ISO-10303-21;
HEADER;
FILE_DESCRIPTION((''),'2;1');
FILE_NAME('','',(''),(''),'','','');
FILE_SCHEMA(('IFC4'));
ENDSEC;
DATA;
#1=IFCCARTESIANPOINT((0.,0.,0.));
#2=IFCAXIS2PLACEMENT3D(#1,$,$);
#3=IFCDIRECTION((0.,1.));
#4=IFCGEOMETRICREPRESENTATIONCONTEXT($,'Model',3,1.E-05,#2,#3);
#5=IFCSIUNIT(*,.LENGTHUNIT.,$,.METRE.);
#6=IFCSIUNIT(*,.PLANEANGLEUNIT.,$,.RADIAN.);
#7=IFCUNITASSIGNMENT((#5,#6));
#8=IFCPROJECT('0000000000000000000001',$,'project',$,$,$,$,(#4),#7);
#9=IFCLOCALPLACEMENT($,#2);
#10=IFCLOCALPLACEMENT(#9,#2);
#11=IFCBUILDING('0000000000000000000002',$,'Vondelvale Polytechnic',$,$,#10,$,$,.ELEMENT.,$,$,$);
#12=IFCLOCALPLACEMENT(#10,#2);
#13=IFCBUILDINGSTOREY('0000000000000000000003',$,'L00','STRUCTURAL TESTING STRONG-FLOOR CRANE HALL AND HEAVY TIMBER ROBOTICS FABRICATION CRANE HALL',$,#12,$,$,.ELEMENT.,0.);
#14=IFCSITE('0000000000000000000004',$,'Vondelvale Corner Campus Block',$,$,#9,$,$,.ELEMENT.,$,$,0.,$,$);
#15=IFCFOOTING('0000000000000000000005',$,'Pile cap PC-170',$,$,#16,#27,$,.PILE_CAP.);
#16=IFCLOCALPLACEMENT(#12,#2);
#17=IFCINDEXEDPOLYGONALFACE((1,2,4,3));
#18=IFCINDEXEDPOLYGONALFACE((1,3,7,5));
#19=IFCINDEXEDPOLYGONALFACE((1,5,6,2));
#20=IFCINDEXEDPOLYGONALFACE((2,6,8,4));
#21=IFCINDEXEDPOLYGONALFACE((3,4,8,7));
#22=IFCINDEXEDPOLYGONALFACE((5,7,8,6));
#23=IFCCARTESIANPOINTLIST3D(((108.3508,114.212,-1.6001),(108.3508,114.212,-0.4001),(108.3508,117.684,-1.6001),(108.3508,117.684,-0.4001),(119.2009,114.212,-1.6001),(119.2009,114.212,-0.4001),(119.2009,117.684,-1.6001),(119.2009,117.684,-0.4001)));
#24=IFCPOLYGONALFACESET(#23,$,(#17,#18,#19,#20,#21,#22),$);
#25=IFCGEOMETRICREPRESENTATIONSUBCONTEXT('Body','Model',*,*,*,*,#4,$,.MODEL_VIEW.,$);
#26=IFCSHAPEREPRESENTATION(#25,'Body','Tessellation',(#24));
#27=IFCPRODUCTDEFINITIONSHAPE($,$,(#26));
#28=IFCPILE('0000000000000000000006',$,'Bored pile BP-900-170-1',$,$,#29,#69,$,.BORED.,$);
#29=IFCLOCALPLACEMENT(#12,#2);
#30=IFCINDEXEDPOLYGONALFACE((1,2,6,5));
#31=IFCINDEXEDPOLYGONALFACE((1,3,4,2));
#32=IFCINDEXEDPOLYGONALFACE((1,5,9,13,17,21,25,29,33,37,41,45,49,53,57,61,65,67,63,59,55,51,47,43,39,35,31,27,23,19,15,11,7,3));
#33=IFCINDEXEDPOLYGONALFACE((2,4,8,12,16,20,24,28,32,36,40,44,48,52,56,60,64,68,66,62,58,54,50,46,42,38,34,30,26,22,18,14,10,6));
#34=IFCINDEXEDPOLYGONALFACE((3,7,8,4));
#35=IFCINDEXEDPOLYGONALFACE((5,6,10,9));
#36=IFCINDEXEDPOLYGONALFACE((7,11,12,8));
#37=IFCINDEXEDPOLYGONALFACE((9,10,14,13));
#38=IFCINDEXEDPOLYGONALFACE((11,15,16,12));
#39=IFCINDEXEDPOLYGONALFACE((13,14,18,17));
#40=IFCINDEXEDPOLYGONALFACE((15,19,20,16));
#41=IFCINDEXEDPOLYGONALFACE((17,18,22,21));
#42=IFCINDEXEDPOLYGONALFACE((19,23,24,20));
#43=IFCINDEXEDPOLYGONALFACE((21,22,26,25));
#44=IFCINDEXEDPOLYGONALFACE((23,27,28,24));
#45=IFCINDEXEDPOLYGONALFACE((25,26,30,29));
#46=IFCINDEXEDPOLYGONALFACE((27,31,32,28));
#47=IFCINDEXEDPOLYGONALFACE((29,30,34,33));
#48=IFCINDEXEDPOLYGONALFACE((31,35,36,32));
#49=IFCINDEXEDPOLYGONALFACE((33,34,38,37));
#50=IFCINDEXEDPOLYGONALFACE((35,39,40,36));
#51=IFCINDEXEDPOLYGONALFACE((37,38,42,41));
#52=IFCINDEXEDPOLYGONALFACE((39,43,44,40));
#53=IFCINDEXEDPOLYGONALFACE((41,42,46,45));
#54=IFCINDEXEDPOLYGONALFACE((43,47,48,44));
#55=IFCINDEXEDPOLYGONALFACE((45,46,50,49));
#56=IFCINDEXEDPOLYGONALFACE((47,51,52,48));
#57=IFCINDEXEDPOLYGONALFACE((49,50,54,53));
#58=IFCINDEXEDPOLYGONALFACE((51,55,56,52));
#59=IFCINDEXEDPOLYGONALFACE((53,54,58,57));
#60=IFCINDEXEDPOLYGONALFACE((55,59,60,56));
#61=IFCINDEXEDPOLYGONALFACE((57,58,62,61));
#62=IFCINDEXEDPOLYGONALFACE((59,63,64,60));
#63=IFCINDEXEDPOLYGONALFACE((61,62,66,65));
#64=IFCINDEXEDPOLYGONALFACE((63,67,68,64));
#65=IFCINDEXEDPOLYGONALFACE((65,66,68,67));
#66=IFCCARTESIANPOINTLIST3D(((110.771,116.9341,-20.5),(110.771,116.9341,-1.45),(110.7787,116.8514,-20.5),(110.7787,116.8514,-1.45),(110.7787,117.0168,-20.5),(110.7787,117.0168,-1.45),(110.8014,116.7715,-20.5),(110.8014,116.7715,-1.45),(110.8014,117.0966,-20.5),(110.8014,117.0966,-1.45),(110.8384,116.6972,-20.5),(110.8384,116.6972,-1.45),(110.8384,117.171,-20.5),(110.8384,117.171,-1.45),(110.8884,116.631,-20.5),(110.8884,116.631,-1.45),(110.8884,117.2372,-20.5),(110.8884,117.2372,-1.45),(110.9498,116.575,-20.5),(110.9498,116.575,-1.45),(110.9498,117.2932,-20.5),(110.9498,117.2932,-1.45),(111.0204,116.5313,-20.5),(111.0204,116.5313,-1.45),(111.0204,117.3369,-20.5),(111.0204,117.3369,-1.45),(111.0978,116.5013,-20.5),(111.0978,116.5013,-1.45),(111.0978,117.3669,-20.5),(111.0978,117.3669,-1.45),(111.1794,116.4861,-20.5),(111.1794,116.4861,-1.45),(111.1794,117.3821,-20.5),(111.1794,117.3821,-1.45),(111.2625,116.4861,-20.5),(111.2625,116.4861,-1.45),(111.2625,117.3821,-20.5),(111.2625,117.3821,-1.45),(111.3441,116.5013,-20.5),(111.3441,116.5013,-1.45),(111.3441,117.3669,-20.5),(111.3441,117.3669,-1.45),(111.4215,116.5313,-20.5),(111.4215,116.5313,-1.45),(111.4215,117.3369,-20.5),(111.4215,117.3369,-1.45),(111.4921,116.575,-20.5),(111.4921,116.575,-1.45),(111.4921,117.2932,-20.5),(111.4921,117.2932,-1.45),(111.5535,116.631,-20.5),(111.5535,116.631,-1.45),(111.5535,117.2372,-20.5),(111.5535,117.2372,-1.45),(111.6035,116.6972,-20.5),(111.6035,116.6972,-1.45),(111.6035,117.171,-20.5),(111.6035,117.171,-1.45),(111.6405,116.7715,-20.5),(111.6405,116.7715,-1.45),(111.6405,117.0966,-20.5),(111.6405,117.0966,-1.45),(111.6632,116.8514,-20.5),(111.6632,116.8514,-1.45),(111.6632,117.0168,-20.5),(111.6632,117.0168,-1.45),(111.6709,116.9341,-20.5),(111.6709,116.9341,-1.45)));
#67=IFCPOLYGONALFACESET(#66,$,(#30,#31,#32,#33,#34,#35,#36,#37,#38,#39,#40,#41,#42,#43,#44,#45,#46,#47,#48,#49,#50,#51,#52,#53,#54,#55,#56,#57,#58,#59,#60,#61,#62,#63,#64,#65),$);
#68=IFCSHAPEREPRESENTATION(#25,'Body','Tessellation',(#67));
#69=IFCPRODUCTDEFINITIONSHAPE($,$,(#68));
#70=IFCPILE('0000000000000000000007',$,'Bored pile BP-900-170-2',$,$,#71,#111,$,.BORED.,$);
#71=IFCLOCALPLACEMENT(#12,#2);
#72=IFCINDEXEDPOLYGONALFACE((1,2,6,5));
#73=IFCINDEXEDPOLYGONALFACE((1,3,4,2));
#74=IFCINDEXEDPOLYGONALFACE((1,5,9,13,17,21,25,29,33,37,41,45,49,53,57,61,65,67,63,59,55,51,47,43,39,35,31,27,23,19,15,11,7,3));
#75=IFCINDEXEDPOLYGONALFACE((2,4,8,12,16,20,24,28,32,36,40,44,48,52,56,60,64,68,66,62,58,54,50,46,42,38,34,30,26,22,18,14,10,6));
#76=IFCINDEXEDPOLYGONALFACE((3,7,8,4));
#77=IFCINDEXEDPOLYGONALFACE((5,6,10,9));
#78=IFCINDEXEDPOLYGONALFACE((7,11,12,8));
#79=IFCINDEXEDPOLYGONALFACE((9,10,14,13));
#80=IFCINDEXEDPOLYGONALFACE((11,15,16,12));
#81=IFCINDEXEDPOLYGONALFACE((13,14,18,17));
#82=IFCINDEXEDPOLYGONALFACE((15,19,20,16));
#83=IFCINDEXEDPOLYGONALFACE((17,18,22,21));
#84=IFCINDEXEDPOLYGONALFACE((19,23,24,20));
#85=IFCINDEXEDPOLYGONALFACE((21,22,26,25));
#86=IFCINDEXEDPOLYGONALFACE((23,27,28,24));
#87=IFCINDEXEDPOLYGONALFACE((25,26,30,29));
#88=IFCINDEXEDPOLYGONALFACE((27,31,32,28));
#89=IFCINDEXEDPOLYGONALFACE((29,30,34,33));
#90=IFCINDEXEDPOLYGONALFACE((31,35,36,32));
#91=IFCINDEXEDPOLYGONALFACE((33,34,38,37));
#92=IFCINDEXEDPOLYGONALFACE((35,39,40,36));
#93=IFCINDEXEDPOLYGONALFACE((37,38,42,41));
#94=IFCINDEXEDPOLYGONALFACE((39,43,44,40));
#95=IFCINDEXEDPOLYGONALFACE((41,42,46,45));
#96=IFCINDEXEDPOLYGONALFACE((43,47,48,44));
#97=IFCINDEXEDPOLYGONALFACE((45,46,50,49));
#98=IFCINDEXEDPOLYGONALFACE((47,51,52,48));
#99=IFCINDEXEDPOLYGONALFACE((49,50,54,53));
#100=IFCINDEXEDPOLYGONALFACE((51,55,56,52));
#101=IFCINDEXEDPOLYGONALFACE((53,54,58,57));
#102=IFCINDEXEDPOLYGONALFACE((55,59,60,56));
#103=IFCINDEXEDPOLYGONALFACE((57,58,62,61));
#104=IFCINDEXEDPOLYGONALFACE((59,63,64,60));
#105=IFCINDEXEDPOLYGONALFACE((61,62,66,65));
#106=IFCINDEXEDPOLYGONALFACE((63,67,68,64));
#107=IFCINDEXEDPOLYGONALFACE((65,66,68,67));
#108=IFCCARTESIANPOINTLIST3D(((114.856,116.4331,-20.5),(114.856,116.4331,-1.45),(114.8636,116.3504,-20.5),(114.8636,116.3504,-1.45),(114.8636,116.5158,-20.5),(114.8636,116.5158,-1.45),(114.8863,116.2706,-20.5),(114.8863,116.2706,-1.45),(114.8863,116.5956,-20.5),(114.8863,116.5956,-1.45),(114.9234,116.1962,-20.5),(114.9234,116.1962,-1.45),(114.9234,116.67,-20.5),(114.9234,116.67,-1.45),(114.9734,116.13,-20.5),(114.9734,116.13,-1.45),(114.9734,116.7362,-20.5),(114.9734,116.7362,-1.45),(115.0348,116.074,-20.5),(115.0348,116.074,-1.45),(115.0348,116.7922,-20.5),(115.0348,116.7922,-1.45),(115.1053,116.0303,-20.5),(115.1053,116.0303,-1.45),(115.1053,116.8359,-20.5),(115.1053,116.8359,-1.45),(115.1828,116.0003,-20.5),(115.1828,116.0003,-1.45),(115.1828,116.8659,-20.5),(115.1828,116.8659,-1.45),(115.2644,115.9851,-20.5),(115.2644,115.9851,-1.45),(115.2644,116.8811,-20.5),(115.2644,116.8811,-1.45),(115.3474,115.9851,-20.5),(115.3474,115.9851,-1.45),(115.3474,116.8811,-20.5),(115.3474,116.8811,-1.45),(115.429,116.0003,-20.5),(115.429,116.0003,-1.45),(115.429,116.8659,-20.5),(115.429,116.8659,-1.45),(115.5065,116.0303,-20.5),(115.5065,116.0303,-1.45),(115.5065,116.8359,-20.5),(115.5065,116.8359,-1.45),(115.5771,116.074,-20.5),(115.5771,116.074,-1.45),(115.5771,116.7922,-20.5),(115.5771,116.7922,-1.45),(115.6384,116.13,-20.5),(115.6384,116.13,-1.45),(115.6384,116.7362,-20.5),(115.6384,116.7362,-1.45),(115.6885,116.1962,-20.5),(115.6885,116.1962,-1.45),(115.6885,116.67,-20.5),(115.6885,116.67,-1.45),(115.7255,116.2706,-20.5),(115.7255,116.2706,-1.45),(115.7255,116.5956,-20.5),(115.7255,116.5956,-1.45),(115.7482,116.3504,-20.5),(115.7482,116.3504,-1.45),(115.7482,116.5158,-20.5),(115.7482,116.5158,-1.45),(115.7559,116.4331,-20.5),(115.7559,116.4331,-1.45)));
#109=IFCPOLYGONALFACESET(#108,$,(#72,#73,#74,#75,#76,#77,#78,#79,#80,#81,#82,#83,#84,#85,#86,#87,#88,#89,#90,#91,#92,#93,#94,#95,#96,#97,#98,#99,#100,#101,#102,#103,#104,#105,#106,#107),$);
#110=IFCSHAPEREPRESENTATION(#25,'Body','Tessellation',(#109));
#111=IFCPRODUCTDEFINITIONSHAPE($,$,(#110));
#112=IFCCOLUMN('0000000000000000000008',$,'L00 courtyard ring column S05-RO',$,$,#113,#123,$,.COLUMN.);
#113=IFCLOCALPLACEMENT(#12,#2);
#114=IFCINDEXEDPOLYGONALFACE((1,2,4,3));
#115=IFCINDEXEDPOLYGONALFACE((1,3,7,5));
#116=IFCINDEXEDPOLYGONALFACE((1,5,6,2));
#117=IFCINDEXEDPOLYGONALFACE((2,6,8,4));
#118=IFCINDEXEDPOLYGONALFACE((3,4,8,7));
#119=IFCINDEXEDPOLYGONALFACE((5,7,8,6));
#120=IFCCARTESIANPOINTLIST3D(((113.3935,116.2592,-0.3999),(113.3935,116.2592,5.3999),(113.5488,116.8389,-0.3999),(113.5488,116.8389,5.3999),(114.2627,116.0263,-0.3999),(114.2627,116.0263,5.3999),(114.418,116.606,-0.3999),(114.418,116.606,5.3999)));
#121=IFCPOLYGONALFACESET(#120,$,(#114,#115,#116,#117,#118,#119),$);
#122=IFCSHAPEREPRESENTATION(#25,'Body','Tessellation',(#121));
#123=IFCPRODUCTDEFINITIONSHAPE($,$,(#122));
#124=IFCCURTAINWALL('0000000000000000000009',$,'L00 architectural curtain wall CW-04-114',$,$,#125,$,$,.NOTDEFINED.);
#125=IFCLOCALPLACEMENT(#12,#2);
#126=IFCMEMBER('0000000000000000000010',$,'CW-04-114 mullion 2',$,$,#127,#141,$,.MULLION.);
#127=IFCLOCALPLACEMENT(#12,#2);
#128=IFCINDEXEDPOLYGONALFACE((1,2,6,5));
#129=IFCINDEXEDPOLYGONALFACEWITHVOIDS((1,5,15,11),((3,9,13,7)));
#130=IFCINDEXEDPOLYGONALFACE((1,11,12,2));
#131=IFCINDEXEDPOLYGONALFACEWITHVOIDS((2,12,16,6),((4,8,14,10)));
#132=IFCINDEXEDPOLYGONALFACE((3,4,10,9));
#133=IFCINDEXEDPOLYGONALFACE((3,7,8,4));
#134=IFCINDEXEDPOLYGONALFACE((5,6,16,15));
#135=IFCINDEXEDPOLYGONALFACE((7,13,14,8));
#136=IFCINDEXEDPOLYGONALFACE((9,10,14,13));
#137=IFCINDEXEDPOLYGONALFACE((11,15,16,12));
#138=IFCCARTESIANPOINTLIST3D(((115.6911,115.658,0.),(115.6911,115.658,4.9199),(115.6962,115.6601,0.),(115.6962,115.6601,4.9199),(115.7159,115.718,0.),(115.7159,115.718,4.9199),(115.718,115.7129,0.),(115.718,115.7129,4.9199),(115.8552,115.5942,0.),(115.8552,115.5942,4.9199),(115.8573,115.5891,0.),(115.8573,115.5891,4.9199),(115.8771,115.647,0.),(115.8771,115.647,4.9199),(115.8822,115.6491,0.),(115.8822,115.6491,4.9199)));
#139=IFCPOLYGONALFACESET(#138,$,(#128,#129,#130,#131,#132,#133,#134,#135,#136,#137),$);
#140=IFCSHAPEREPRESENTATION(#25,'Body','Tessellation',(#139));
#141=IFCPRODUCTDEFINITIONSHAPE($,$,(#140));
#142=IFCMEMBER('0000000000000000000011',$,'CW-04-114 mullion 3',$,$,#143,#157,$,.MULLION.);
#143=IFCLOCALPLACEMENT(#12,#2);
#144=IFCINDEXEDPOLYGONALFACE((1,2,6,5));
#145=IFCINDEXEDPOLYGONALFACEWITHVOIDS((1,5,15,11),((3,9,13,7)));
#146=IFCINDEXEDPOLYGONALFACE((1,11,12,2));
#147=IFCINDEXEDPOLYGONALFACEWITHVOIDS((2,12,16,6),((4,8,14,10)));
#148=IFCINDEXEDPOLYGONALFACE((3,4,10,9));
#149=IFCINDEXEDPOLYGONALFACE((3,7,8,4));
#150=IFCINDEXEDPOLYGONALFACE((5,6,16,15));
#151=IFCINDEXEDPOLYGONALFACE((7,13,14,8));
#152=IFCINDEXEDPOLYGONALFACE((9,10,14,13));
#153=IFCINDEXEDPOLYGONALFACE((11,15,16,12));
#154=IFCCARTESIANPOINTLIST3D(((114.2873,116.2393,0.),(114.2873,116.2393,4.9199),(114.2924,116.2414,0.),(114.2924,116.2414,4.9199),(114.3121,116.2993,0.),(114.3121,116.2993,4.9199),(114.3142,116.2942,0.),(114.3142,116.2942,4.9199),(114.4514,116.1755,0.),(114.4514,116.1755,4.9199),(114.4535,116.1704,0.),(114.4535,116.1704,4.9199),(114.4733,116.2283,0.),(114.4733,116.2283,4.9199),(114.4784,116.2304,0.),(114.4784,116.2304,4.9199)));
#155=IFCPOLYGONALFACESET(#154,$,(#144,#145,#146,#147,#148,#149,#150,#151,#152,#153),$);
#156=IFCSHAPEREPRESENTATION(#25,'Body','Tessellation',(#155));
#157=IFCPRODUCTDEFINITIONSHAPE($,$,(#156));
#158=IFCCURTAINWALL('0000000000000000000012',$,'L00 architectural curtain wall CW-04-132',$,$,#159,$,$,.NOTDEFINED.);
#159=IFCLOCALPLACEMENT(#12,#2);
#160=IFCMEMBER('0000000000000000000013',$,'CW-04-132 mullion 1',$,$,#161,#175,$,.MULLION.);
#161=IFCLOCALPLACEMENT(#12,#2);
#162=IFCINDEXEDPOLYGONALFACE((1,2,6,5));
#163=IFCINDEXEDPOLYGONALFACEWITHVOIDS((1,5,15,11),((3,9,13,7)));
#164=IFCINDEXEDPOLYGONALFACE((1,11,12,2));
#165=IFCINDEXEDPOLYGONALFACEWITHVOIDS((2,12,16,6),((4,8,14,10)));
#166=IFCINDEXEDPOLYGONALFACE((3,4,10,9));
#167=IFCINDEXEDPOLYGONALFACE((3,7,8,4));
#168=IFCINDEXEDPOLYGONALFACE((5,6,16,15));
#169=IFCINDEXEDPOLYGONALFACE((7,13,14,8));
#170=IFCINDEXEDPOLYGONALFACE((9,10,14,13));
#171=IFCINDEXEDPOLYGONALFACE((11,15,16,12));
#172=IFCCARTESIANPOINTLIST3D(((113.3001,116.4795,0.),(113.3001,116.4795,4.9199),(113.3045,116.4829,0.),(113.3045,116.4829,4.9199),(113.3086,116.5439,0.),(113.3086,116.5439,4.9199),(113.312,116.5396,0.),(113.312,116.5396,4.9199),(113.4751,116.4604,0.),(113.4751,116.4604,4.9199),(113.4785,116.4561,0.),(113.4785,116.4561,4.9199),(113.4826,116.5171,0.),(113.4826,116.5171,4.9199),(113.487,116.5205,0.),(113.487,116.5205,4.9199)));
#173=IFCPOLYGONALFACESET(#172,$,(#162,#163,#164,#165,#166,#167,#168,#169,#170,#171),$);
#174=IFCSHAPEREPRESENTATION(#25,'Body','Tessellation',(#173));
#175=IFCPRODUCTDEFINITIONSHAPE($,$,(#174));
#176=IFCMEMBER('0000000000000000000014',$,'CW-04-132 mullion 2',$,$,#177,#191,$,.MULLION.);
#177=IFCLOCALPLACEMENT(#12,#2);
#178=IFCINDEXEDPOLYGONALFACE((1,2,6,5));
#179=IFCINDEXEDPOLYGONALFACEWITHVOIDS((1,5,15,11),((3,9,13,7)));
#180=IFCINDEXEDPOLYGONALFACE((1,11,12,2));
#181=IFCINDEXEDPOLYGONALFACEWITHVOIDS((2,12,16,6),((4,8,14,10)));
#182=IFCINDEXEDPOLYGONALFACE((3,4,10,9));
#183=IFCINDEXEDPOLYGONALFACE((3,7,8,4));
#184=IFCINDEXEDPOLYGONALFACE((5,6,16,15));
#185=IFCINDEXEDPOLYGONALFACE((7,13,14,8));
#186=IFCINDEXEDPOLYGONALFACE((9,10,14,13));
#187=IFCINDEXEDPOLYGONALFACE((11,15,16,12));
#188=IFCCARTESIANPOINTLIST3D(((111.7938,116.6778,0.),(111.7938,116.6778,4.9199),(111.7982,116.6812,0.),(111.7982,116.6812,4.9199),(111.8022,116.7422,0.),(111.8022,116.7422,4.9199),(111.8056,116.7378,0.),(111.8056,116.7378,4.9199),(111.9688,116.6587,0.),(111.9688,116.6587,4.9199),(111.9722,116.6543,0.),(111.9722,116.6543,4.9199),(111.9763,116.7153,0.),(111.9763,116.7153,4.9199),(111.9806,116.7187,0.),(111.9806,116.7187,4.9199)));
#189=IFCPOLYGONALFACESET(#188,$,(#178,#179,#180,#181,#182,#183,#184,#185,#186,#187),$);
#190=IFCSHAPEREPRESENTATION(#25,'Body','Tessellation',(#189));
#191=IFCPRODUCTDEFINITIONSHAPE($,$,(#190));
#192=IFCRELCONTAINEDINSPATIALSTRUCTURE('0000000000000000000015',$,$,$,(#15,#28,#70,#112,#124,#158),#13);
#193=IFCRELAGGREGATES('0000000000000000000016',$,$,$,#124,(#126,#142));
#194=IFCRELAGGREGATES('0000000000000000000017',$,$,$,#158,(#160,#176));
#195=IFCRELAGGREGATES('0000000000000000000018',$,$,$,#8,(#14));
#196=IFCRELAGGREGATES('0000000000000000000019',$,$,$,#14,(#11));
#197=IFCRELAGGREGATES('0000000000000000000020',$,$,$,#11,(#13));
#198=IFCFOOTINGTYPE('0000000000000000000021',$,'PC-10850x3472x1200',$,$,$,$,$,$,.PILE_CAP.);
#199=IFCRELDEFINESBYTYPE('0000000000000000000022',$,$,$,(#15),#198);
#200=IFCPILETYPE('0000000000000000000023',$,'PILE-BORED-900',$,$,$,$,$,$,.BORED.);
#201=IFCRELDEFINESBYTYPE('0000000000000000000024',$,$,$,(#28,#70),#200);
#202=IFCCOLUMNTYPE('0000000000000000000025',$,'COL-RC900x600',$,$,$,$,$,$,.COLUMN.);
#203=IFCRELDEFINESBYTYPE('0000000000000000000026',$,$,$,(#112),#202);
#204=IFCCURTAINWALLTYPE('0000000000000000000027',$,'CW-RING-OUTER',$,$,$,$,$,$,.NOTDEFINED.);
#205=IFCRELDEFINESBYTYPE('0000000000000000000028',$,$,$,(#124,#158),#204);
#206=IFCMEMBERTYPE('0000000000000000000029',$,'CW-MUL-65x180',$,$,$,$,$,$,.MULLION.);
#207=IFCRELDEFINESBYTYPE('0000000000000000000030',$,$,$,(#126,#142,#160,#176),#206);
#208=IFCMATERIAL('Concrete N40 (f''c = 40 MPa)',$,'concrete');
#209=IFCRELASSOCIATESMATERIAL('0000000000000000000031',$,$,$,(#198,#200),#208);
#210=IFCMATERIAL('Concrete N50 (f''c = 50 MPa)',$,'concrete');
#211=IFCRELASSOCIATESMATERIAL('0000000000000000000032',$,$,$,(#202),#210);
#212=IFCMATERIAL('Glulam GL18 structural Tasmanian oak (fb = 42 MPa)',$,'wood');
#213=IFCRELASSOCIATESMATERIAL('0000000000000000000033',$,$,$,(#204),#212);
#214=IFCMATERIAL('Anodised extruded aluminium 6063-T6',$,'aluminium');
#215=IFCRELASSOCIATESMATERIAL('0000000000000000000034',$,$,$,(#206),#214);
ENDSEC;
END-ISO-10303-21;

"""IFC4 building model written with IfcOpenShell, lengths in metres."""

from ifc_helpers import new_model, si_unit, direction, frame, origin, origin_2d, place, context, subcontext, project, spatial, rectangle, hollow_rectangle, circle, extrude, material, material_profile, profile_set, type_object, element, aggregate, save


model = new_model("IFC4")

# Units and contexts
model_context = context("Model", 3, precision=1e-05, world=origin(), true_north=direction((0.0, 1.0)))
body_context = subcontext(model_context, "Body", "Model", "MODEL_VIEW")
ifc_project = project(units=[si_unit("LENGTHUNIT", "METRE"), si_unit("PLANEANGLEUNIT", "RADIAN")], contexts=[model_context])

# Site, building, storey
site_placement = place(None, origin())
site = spatial("IfcSite", under=ifc_project, at=site_placement, Name="Vondelvale Corner Campus Block", CompositionType="ELEMENT", RefElevation=0.0)
building_placement = place(site_placement, origin())
building = spatial("IfcBuilding", under=site, at=building_placement, Name="Vondelvale Polytechnic", CompositionType="ELEMENT")
storey_placement = place(building_placement, origin())
storey = spatial("IfcBuildingStorey", under=building, at=storey_placement, Name="L00", Description="STRUCTURAL TESTING STRONG-FLOOR CRANE HALL AND HEAVY TIMBER ROBOTICS FABRICATION CRANE HALL", CompositionType="ELEMENT", Elevation=0.0)

# Footing
ifc_material_1 = material(Name="Concrete N40 (f'c = 40 MPa)", Category="concrete")
footing_type = type_object("IfcFootingType", Name="PC-10850x3472x1200", PredefinedType="PILE_CAP", material=ifc_material_1)
footing_placement = place(storey_placement, frame((113.7759, 115.948, -1.6001), z_axis=(0.0, 0.0, 1.0), x_axis=(1.0, 0.0, 0.0)))
element("IfcFooting", 1, at=footing_placement, inside=storey, type_object=footing_type, Name="Pile cap PC-170", PredefinedType="PILE_CAP", context=body_context, shape_type="SweptSolid", body=[
    extrude(rectangle(XDim=10.8501, YDim=3.4719, at=origin_2d()), origin(), (0.0, 0.0, 1.0), 1.2),
])

# Piles
ifc_material_profile_1 = material_profile(ifc_material_1, circle(Radius=0.45, at=origin_2d()), Name="PILE-D900")
ifc_profile_set_1 = profile_set([ifc_material_profile_1], Name="Concrete N40 (f'c = 40 MPa)")
pile_type = type_object("IfcPileType", Name="PILE-BORED-900", PredefinedType="BORED", material=ifc_profile_set_1)
for number, where, z_axis, x_axis, name in (
    (2, (111.2209, 116.9341, -1.45), (0.0, 0.0, -1.0), (1.0, 0.0, 0.0), "Bored pile BP-900-170-1"),
    (3, (115.3059, 116.4331, -1.45), (0.0, 0.0, -1.0), (1.0, 0.0, 0.0), "Bored pile BP-900-170-2"),
):
    element("IfcPile", number, at=place(storey_placement, frame(where, z_axis=z_axis, x_axis=x_axis)), inside=storey, type_object=pile_type, Name=name, PredefinedType="BORED", context=body_context, shape_type="SweptSolid", body=[
        extrude(circle(Radius=0.45, at=origin_2d()), origin(), (0.0, 0.0, 1.0), 19.05),
    ])

# Column
ifc_material_2 = material(Name="Concrete N50 (f'c = 50 MPa)", Category="concrete")
ifc_material_profile_2 = material_profile(ifc_material_2, rectangle(XDim=0.6001, YDim=0.8999, at=origin_2d()), Name="RC-COL-900x600")
ifc_profile_set_2 = profile_set([ifc_material_profile_2], Name="Concrete N50 (f'c = 50 MPa)")
column_type = type_object("IfcColumnType", Name="COL-RC900x600", PredefinedType="COLUMN", material=ifc_profile_set_2)
column_placement = place(storey_placement, frame((113.9058, 116.4326, -0.3999), z_axis=(0.0, 0.0, 1.0), x_axis=(0.258819, 0.965926, 0.0)))
element("IfcColumn", 4, at=column_placement, inside=storey, type_object=column_type, Name="L00 courtyard ring column S05-RO", PredefinedType="COLUMN", context=body_context, shape_type="SweptSolid", body=[
    extrude(rectangle(XDim=0.6001, YDim=0.8999, at=origin_2d()), origin(), (0.0, 0.0, 1.0), 5.7998),
])

# Curtain walls, members
ifc_material_3 = material(Name="Glulam GL18 structural Tasmanian oak (fb = 42 MPa)", Category="wood")
curtain_wall_type = type_object("IfcCurtainWallType", Name="CW-RING-OUTER", PredefinedType="NOTDEFINED", material=ifc_material_3)
curtain_wall_1_placement = place(storey_placement, origin())
curtain_wall_1 = element("IfcCurtainWall", 5, at=curtain_wall_1_placement, inside=storey, type_object=curtain_wall_type, Name="L00 architectural curtain wall CW-04-114", PredefinedType="NOTDEFINED")
ifc_material_4 = material(Name="Anodised extruded aluminium 6063-T6", Category="aluminium")
ifc_material_profile_3 = material_profile(ifc_material_4, hollow_rectangle(XDim=0.0649, YDim=0.1799, WallThickness=0.0039, at=origin_2d()), Name="CW-MUL-180x65")
ifc_profile_set_3 = profile_set([ifc_material_profile_3], Name="Anodised extruded aluminium 6063-T6")
member_type_1 = type_object("IfcMemberType", Name="CW-MUL-65x180", PredefinedType="MULLION", material=ifc_profile_set_3)
member_1_placement = place(storey_placement, frame((115.7866, 115.6536, 0.0), z_axis=(0.0, 0.0, 1.0), x_axis=(-0.382679, -0.923881, 0.0)))
member_1 = element("IfcMember", 6, at=member_1_placement, type_object=member_type_1, Name="CW-04-114 mullion 2", PredefinedType="MULLION", context=body_context, shape_type="SweptSolid", body=[
    extrude(hollow_rectangle(XDim=0.0649, YDim=0.1799, WallThickness=0.0039, at=origin_2d()), origin(), (0.0, 0.0, 1.0), 4.9199),
])
member_2_placement = place(storey_placement, frame((114.3828, 116.2349, 0.0), z_axis=(0.0, 0.0, 1.0), x_axis=(-0.382679, -0.923881, 0.0)))
member_2 = element("IfcMember", 7, at=member_2_placement, type_object=member_type_1, Name="CW-04-114 mullion 3", PredefinedType="MULLION", context=body_context, shape_type="SweptSolid", body=[
    extrude(hollow_rectangle(XDim=0.0649, YDim=0.1799, WallThickness=0.0039, at=origin_2d()), origin(), (0.0, 0.0, 1.0), 4.9199),
])
curtain_wall_2_placement = place(storey_placement, origin())
curtain_wall_2 = element("IfcCurtainWall", 8, at=curtain_wall_2_placement, inside=storey, type_object=curtain_wall_type, Name="L00 architectural curtain wall CW-04-132", PredefinedType="NOTDEFINED")
member_3_placement = place(storey_placement, frame((113.3936, 116.5, 0.0), z_axis=(0.0, 0.0, 1.0), x_axis=(-0.130524, -0.991445, 0.0)))
member_3 = element("IfcMember", 9, at=member_3_placement, type_object=member_type_1, Name="CW-04-132 mullion 1", PredefinedType="MULLION", context=body_context, shape_type="SweptSolid", body=[
    extrude(hollow_rectangle(XDim=0.0649, YDim=0.1799, WallThickness=0.0039, at=origin_2d()), origin(), (0.0, 0.0, 1.0), 4.9199),
])
member_4_placement = place(storey_placement, frame((111.8872, 116.6982, 0.0), z_axis=(0.0, 0.0, 1.0), x_axis=(-0.130524, -0.991445, 0.0)))
member_4 = element("IfcMember", 10, at=member_4_placement, type_object=member_type_1, Name="CW-04-132 mullion 2", PredefinedType="MULLION", context=body_context, shape_type="SweptSolid", body=[
    extrude(hollow_rectangle(XDim=0.0649, YDim=0.1799, WallThickness=0.0039, at=origin_2d()), origin(), (0.0, 0.0, 1.0), 4.9199),
])

aggregate(curtain_wall_1, [member_1, member_2])
aggregate(curtain_wall_2, [member_3, member_4])

save(model, "model.ifc")
